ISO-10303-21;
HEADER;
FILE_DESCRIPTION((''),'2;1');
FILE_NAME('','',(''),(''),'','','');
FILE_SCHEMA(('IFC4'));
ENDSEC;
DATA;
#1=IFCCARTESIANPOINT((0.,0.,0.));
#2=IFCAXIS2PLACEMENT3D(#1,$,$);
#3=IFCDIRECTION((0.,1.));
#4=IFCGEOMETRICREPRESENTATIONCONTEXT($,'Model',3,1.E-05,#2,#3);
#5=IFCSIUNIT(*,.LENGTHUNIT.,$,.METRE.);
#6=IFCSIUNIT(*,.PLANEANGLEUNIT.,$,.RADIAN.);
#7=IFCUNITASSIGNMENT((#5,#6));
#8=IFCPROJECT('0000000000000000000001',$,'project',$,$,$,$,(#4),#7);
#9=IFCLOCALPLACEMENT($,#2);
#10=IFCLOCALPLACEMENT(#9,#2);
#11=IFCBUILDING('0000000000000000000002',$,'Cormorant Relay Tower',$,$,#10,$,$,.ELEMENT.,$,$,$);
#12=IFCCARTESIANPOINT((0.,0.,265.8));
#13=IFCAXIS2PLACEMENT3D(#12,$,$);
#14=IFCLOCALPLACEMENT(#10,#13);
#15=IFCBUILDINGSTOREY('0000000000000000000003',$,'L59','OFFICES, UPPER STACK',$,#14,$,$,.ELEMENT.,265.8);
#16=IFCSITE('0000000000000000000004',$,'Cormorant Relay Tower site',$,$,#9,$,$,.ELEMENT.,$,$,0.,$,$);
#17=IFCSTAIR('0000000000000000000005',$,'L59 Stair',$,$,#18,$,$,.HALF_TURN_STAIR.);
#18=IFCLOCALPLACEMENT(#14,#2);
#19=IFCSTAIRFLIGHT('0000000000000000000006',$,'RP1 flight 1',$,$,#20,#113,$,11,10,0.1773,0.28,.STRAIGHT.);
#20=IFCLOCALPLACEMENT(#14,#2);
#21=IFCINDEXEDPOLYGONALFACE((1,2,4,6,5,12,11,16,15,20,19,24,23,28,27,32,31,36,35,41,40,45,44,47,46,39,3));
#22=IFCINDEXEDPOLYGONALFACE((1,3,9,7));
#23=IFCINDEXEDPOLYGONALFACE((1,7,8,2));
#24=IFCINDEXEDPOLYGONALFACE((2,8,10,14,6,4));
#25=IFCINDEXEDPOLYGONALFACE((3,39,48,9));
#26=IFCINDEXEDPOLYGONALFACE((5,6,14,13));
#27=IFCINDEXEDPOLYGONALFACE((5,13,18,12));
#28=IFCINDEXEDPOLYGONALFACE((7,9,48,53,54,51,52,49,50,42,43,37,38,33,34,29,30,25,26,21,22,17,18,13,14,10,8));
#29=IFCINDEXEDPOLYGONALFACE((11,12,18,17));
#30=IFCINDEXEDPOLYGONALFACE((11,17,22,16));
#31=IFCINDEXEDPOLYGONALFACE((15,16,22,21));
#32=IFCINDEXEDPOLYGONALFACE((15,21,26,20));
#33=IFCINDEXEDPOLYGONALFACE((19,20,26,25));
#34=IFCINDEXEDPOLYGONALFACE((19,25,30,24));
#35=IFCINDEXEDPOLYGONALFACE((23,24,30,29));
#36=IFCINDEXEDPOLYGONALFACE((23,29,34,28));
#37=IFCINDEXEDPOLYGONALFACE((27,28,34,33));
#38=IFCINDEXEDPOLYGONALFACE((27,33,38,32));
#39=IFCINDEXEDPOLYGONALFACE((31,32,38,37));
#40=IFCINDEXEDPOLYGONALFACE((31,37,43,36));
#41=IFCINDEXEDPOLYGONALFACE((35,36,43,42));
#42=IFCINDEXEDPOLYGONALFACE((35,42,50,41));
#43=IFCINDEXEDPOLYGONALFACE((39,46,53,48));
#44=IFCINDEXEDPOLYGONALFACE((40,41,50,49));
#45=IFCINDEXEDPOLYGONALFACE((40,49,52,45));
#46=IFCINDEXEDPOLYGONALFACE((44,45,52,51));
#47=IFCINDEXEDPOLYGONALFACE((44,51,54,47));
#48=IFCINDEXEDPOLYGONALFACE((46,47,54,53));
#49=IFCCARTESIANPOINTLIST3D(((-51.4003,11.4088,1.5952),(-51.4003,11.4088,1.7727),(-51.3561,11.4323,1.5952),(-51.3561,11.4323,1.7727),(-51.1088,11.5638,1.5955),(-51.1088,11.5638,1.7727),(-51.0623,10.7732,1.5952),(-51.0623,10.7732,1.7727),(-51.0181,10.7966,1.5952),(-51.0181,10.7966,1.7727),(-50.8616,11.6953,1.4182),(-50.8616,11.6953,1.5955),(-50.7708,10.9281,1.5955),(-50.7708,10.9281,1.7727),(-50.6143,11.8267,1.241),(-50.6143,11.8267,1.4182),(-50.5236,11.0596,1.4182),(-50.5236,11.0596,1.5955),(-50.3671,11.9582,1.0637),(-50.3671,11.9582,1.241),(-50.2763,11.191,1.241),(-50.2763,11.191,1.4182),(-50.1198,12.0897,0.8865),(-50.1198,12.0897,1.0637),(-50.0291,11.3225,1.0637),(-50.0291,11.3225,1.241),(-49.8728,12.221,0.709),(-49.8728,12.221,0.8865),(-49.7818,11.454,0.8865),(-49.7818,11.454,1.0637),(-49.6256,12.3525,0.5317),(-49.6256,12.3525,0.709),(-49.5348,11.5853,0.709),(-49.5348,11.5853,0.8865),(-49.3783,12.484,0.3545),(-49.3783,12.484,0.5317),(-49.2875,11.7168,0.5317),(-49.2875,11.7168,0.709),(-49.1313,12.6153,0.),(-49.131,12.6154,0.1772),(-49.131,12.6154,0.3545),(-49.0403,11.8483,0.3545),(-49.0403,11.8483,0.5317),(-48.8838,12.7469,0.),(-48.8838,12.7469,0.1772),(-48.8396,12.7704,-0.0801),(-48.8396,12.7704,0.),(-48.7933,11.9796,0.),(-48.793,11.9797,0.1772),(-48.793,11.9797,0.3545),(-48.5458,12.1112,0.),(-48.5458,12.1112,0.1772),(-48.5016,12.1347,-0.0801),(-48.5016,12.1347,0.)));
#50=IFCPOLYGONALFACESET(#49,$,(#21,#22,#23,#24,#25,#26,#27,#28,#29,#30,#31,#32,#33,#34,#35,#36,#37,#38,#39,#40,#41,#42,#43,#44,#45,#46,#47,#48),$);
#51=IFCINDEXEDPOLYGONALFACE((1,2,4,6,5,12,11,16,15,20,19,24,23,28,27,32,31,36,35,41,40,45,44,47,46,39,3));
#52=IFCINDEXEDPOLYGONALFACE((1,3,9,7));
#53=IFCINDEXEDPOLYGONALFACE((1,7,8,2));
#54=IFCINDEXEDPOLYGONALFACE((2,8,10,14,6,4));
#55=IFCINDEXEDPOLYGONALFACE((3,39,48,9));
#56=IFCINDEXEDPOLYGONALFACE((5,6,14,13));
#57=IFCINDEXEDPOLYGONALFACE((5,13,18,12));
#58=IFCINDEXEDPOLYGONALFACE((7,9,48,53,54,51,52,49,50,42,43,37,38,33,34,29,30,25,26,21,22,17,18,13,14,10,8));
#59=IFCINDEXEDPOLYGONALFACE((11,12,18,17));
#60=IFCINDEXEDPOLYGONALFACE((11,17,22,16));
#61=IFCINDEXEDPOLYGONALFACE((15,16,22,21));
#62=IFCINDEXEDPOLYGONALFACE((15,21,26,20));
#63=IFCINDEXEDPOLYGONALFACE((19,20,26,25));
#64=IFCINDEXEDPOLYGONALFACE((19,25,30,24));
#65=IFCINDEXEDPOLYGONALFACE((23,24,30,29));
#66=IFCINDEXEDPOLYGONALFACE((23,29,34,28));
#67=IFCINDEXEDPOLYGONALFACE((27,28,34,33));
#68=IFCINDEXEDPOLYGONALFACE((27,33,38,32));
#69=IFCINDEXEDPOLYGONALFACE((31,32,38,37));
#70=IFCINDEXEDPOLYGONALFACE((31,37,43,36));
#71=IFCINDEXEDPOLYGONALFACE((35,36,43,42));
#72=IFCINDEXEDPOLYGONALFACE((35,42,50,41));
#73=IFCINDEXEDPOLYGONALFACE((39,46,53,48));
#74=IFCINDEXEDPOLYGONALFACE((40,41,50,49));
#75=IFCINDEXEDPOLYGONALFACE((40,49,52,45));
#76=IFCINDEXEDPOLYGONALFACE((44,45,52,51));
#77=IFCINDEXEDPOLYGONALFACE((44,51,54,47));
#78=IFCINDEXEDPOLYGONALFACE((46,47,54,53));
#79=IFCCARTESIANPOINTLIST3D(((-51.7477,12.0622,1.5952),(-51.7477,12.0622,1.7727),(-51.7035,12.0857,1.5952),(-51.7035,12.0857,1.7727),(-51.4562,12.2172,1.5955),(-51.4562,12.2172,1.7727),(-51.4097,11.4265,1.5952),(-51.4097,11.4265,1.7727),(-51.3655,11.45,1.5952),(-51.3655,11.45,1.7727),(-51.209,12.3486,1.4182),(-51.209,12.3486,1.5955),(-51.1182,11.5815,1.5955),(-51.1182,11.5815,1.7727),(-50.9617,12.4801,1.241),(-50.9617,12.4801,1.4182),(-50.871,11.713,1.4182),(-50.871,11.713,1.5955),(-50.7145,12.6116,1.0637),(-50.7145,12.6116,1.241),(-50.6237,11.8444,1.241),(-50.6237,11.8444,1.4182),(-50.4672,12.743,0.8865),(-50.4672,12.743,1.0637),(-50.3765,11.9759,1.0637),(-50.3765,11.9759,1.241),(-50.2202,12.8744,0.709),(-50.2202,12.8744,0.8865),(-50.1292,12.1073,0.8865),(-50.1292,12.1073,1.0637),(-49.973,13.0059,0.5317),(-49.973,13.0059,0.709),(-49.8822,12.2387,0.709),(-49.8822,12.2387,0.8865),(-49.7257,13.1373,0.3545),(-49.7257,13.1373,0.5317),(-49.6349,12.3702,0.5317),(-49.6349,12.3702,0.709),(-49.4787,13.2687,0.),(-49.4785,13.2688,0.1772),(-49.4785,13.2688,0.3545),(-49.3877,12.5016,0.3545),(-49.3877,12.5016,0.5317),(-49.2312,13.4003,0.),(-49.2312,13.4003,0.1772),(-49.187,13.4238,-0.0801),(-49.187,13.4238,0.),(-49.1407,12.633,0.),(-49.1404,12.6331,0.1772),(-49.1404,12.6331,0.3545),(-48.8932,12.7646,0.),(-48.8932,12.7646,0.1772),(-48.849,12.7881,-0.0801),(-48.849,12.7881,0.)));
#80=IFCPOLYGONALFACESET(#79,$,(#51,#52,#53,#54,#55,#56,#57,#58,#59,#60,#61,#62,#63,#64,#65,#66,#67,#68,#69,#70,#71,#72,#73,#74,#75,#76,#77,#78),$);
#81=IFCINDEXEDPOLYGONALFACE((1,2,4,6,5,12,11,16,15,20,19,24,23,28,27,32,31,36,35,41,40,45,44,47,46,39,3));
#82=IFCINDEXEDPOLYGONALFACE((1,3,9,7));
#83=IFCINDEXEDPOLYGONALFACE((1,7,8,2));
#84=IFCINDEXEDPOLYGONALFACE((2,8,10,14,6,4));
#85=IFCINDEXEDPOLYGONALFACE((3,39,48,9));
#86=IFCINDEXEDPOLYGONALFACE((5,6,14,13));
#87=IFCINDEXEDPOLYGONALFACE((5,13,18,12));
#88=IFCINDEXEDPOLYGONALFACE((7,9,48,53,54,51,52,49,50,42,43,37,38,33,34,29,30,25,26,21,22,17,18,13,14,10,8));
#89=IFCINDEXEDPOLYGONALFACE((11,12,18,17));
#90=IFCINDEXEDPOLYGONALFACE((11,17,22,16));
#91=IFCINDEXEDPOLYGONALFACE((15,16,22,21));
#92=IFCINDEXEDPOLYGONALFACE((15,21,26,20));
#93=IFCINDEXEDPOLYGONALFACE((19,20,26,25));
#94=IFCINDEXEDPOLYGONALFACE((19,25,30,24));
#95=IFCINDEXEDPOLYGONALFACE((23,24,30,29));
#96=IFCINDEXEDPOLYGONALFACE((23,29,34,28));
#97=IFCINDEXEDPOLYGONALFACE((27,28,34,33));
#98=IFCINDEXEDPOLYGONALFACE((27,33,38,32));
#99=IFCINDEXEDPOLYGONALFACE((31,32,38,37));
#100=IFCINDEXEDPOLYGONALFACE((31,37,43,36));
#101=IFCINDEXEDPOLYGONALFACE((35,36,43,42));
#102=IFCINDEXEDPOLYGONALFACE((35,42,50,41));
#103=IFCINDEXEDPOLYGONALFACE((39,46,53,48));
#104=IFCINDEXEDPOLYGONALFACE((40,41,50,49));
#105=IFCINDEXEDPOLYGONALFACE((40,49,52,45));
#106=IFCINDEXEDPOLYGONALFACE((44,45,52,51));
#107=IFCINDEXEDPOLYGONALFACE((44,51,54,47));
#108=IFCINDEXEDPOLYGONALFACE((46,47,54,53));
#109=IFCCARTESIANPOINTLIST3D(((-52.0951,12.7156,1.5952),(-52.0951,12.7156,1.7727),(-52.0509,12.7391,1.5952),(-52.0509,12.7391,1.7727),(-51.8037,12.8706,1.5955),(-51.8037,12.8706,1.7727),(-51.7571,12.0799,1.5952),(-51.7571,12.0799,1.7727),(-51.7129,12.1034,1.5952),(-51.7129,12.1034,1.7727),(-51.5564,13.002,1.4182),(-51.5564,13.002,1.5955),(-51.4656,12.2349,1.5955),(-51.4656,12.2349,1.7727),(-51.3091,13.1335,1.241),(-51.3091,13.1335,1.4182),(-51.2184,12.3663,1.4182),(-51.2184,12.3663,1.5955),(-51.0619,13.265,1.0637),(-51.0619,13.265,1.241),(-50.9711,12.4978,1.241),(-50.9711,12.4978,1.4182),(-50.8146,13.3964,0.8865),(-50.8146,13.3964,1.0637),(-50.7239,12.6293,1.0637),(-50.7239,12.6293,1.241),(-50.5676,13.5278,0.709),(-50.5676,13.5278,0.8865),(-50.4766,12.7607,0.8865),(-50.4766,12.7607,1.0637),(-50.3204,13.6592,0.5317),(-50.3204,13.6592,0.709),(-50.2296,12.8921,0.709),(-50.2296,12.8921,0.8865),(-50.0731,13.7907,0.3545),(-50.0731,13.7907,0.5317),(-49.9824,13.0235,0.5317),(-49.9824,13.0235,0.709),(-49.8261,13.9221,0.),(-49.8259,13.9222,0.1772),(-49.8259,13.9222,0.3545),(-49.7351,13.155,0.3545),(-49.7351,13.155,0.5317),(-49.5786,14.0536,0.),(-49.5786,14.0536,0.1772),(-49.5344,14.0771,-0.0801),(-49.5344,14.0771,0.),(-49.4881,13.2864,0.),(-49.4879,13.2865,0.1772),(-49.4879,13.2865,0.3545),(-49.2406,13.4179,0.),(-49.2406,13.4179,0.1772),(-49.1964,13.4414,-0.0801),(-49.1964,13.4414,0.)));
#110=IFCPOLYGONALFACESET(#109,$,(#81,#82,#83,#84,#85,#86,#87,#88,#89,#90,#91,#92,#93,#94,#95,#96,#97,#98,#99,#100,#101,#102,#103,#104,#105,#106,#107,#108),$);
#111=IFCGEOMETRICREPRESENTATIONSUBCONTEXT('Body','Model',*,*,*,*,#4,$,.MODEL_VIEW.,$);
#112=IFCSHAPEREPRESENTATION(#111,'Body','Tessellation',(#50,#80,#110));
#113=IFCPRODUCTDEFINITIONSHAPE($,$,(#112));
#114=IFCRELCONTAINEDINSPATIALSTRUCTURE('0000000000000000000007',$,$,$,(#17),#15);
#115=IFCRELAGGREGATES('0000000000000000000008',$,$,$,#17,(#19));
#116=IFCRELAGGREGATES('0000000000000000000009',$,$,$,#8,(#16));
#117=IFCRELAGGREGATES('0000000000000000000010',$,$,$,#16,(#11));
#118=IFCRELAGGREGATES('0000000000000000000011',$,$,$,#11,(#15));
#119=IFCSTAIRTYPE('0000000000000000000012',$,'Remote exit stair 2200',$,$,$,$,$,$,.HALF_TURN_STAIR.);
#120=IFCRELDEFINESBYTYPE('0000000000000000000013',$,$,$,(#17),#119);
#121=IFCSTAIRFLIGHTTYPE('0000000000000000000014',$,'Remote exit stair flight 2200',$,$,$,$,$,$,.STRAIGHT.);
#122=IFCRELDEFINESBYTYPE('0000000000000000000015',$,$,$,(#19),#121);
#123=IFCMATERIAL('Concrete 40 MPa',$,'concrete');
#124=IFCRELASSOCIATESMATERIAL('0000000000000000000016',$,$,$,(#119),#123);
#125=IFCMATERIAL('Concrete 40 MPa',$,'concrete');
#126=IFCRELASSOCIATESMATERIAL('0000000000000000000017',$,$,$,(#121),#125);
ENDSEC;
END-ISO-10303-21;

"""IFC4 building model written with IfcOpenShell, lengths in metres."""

from ifc_helpers import new_model, si_unit, direction, frame, origin, place, context, subcontext, project, spatial, polyline, outline, extrude, material, type_object, element, aggregate, save


model = new_model("IFC4")

# Units and contexts
model_context = context("Model", 3, precision=1e-05, world=origin(), true_north=direction((0.0, 1.0)))
body_context = subcontext(model_context, "Body", "Model", "MODEL_VIEW")
ifc_project = project(units=[si_unit("LENGTHUNIT", "METRE"), si_unit("PLANEANGLEUNIT", "RADIAN")], contexts=[model_context])

# Site, building, storey
site_placement = place(None, origin())
site = spatial("IfcSite", under=ifc_project, at=site_placement, Name="Cormorant Relay Tower site", CompositionType="ELEMENT", RefElevation=0.0)
building_placement = place(site_placement, origin())
building = spatial("IfcBuilding", under=site, at=building_placement, Name="Cormorant Relay Tower", CompositionType="ELEMENT")
storey_placement = place(building_placement, frame((0.0, 0.0, 265.8)))
storey = spatial("IfcBuildingStorey", under=building, at=storey_placement, Name="L59", Description="OFFICES, UPPER STACK", CompositionType="ELEMENT", Elevation=265.8)

# Stair, stair flight
ifc_material_1 = material(Name="Concrete 40 MPa", Category="concrete")
stair_type = type_object("IfcStairType", Name="Remote exit stair 2200", PredefinedType="HALF_TURN_STAIR", material=ifc_material_1)
stair_placement = place(storey_placement, origin())
stair = element("IfcStair", 1, at=stair_placement, inside=storey, type_object=stair_type, Name="L59 Stair", PredefinedType="HALF_TURN_STAIR")
ifc_material_2 = material(Name="Concrete 40 MPa", Category="concrete")
stair_flight_type = type_object("IfcStairFlightType", Name="Remote exit stair flight 2200", PredefinedType="STRAIGHT", material=ifc_material_2)
stair_flight_1_placement = place(storey_placement, frame((-49.0623, 13.0825, 0.0), z_axis=(0.0, 0.0, 1.0), x_axis=(-0.882948, -0.469472, 0.0)))
stair_flight_1 = element("IfcStairFlight", 2, at=stair_flight_1_placement, type_object=stair_flight_type, Name="RP1 flight 1", NumberOfRisers=11, NumberOfTreads=10, PredefinedType="STRAIGHT", RiserHeight=0.1773, TreadLength=0.28, context=body_context, shape_type="SweptSolid", body=[
    extrude(outline(polyline([(-0.05, -0.0801), (-0.05, 0.0), (0.0, 0.0), (0.0, 0.1772), (0.28, 0.1772), (0.28, 0.3545), (0.5601, 0.3545), (0.5601, 0.5317), (0.8401, 0.5317), (0.8401, 0.709), (1.1201, 0.709), (1.1201, 0.8865), (1.3999, 0.8865), (1.3999, 1.0637), (1.6799, 1.0637), (1.6799, 1.241), (1.96, 1.241), (1.96, 1.4182), (2.24, 1.4182), (2.24, 1.5955), (2.52, 1.5955), (2.52, 1.7727), (2.8, 1.7727), (2.8501, 1.7727), (2.8501, 1.5952), (2.8, 1.5952), (0.2803, 0.0), (-0.05, -0.0801)])), frame((0.0, 1.1001, 0.0), z_axis=(0.0, -1.0, 0.0), x_axis=(1.0, 0.0, 0.0)), (0.0, 0.0, 1.0), 0.72),
    extrude(outline(polyline([(-0.05, -0.0801), (-0.05, 0.0), (0.0, 0.0), (0.0, 0.1772), (0.28, 0.1772), (0.28, 0.3545), (0.5601, 0.3545), (0.5601, 0.5317), (0.8401, 0.5317), (0.8401, 0.709), (1.1201, 0.709), (1.1201, 0.8865), (1.3999, 0.8865), (1.3999, 1.0637), (1.6799, 1.0637), (1.6799, 1.241), (1.96, 1.241), (1.96, 1.4182), (2.24, 1.4182), (2.24, 1.5955), (2.52, 1.5955), (2.52, 1.7727), (2.8, 1.7727), (2.8501, 1.7727), (2.8501, 1.5952), (2.8, 1.5952), (0.2803, 0.0), (-0.05, -0.0801)])), frame((0.0, 0.3601, 0.0), z_axis=(0.0, -1.0, 0.0), x_axis=(1.0, 0.0, 0.0)), (0.0, 0.0, 1.0), 0.72),
    extrude(outline(polyline([(-0.05, -0.0801), (-0.05, 0.0), (0.0, 0.0), (0.0, 0.1772), (0.28, 0.1772), (0.28, 0.3545), (0.5601, 0.3545), (0.5601, 0.5317), (0.8401, 0.5317), (0.8401, 0.709), (1.1201, 0.709), (1.1201, 0.8865), (1.3999, 0.8865), (1.3999, 1.0637), (1.6799, 1.0637), (1.6799, 1.241), (1.96, 1.241), (1.96, 1.4182), (2.24, 1.4182), (2.24, 1.5955), (2.52, 1.5955), (2.52, 1.7727), (2.8, 1.7727), (2.8501, 1.7727), (2.8501, 1.5952), (2.8, 1.5952), (0.2803, 0.0), (-0.05, -0.0801)])), frame((0.0, -0.3799, 0.0), z_axis=(0.0, -1.0, 0.0), x_axis=(1.0, 0.0, 0.0)), (0.0, 0.0, 1.0), 0.72),
])
aggregate(stair, [stair_flight_1])

save(model, "model.ifc")
